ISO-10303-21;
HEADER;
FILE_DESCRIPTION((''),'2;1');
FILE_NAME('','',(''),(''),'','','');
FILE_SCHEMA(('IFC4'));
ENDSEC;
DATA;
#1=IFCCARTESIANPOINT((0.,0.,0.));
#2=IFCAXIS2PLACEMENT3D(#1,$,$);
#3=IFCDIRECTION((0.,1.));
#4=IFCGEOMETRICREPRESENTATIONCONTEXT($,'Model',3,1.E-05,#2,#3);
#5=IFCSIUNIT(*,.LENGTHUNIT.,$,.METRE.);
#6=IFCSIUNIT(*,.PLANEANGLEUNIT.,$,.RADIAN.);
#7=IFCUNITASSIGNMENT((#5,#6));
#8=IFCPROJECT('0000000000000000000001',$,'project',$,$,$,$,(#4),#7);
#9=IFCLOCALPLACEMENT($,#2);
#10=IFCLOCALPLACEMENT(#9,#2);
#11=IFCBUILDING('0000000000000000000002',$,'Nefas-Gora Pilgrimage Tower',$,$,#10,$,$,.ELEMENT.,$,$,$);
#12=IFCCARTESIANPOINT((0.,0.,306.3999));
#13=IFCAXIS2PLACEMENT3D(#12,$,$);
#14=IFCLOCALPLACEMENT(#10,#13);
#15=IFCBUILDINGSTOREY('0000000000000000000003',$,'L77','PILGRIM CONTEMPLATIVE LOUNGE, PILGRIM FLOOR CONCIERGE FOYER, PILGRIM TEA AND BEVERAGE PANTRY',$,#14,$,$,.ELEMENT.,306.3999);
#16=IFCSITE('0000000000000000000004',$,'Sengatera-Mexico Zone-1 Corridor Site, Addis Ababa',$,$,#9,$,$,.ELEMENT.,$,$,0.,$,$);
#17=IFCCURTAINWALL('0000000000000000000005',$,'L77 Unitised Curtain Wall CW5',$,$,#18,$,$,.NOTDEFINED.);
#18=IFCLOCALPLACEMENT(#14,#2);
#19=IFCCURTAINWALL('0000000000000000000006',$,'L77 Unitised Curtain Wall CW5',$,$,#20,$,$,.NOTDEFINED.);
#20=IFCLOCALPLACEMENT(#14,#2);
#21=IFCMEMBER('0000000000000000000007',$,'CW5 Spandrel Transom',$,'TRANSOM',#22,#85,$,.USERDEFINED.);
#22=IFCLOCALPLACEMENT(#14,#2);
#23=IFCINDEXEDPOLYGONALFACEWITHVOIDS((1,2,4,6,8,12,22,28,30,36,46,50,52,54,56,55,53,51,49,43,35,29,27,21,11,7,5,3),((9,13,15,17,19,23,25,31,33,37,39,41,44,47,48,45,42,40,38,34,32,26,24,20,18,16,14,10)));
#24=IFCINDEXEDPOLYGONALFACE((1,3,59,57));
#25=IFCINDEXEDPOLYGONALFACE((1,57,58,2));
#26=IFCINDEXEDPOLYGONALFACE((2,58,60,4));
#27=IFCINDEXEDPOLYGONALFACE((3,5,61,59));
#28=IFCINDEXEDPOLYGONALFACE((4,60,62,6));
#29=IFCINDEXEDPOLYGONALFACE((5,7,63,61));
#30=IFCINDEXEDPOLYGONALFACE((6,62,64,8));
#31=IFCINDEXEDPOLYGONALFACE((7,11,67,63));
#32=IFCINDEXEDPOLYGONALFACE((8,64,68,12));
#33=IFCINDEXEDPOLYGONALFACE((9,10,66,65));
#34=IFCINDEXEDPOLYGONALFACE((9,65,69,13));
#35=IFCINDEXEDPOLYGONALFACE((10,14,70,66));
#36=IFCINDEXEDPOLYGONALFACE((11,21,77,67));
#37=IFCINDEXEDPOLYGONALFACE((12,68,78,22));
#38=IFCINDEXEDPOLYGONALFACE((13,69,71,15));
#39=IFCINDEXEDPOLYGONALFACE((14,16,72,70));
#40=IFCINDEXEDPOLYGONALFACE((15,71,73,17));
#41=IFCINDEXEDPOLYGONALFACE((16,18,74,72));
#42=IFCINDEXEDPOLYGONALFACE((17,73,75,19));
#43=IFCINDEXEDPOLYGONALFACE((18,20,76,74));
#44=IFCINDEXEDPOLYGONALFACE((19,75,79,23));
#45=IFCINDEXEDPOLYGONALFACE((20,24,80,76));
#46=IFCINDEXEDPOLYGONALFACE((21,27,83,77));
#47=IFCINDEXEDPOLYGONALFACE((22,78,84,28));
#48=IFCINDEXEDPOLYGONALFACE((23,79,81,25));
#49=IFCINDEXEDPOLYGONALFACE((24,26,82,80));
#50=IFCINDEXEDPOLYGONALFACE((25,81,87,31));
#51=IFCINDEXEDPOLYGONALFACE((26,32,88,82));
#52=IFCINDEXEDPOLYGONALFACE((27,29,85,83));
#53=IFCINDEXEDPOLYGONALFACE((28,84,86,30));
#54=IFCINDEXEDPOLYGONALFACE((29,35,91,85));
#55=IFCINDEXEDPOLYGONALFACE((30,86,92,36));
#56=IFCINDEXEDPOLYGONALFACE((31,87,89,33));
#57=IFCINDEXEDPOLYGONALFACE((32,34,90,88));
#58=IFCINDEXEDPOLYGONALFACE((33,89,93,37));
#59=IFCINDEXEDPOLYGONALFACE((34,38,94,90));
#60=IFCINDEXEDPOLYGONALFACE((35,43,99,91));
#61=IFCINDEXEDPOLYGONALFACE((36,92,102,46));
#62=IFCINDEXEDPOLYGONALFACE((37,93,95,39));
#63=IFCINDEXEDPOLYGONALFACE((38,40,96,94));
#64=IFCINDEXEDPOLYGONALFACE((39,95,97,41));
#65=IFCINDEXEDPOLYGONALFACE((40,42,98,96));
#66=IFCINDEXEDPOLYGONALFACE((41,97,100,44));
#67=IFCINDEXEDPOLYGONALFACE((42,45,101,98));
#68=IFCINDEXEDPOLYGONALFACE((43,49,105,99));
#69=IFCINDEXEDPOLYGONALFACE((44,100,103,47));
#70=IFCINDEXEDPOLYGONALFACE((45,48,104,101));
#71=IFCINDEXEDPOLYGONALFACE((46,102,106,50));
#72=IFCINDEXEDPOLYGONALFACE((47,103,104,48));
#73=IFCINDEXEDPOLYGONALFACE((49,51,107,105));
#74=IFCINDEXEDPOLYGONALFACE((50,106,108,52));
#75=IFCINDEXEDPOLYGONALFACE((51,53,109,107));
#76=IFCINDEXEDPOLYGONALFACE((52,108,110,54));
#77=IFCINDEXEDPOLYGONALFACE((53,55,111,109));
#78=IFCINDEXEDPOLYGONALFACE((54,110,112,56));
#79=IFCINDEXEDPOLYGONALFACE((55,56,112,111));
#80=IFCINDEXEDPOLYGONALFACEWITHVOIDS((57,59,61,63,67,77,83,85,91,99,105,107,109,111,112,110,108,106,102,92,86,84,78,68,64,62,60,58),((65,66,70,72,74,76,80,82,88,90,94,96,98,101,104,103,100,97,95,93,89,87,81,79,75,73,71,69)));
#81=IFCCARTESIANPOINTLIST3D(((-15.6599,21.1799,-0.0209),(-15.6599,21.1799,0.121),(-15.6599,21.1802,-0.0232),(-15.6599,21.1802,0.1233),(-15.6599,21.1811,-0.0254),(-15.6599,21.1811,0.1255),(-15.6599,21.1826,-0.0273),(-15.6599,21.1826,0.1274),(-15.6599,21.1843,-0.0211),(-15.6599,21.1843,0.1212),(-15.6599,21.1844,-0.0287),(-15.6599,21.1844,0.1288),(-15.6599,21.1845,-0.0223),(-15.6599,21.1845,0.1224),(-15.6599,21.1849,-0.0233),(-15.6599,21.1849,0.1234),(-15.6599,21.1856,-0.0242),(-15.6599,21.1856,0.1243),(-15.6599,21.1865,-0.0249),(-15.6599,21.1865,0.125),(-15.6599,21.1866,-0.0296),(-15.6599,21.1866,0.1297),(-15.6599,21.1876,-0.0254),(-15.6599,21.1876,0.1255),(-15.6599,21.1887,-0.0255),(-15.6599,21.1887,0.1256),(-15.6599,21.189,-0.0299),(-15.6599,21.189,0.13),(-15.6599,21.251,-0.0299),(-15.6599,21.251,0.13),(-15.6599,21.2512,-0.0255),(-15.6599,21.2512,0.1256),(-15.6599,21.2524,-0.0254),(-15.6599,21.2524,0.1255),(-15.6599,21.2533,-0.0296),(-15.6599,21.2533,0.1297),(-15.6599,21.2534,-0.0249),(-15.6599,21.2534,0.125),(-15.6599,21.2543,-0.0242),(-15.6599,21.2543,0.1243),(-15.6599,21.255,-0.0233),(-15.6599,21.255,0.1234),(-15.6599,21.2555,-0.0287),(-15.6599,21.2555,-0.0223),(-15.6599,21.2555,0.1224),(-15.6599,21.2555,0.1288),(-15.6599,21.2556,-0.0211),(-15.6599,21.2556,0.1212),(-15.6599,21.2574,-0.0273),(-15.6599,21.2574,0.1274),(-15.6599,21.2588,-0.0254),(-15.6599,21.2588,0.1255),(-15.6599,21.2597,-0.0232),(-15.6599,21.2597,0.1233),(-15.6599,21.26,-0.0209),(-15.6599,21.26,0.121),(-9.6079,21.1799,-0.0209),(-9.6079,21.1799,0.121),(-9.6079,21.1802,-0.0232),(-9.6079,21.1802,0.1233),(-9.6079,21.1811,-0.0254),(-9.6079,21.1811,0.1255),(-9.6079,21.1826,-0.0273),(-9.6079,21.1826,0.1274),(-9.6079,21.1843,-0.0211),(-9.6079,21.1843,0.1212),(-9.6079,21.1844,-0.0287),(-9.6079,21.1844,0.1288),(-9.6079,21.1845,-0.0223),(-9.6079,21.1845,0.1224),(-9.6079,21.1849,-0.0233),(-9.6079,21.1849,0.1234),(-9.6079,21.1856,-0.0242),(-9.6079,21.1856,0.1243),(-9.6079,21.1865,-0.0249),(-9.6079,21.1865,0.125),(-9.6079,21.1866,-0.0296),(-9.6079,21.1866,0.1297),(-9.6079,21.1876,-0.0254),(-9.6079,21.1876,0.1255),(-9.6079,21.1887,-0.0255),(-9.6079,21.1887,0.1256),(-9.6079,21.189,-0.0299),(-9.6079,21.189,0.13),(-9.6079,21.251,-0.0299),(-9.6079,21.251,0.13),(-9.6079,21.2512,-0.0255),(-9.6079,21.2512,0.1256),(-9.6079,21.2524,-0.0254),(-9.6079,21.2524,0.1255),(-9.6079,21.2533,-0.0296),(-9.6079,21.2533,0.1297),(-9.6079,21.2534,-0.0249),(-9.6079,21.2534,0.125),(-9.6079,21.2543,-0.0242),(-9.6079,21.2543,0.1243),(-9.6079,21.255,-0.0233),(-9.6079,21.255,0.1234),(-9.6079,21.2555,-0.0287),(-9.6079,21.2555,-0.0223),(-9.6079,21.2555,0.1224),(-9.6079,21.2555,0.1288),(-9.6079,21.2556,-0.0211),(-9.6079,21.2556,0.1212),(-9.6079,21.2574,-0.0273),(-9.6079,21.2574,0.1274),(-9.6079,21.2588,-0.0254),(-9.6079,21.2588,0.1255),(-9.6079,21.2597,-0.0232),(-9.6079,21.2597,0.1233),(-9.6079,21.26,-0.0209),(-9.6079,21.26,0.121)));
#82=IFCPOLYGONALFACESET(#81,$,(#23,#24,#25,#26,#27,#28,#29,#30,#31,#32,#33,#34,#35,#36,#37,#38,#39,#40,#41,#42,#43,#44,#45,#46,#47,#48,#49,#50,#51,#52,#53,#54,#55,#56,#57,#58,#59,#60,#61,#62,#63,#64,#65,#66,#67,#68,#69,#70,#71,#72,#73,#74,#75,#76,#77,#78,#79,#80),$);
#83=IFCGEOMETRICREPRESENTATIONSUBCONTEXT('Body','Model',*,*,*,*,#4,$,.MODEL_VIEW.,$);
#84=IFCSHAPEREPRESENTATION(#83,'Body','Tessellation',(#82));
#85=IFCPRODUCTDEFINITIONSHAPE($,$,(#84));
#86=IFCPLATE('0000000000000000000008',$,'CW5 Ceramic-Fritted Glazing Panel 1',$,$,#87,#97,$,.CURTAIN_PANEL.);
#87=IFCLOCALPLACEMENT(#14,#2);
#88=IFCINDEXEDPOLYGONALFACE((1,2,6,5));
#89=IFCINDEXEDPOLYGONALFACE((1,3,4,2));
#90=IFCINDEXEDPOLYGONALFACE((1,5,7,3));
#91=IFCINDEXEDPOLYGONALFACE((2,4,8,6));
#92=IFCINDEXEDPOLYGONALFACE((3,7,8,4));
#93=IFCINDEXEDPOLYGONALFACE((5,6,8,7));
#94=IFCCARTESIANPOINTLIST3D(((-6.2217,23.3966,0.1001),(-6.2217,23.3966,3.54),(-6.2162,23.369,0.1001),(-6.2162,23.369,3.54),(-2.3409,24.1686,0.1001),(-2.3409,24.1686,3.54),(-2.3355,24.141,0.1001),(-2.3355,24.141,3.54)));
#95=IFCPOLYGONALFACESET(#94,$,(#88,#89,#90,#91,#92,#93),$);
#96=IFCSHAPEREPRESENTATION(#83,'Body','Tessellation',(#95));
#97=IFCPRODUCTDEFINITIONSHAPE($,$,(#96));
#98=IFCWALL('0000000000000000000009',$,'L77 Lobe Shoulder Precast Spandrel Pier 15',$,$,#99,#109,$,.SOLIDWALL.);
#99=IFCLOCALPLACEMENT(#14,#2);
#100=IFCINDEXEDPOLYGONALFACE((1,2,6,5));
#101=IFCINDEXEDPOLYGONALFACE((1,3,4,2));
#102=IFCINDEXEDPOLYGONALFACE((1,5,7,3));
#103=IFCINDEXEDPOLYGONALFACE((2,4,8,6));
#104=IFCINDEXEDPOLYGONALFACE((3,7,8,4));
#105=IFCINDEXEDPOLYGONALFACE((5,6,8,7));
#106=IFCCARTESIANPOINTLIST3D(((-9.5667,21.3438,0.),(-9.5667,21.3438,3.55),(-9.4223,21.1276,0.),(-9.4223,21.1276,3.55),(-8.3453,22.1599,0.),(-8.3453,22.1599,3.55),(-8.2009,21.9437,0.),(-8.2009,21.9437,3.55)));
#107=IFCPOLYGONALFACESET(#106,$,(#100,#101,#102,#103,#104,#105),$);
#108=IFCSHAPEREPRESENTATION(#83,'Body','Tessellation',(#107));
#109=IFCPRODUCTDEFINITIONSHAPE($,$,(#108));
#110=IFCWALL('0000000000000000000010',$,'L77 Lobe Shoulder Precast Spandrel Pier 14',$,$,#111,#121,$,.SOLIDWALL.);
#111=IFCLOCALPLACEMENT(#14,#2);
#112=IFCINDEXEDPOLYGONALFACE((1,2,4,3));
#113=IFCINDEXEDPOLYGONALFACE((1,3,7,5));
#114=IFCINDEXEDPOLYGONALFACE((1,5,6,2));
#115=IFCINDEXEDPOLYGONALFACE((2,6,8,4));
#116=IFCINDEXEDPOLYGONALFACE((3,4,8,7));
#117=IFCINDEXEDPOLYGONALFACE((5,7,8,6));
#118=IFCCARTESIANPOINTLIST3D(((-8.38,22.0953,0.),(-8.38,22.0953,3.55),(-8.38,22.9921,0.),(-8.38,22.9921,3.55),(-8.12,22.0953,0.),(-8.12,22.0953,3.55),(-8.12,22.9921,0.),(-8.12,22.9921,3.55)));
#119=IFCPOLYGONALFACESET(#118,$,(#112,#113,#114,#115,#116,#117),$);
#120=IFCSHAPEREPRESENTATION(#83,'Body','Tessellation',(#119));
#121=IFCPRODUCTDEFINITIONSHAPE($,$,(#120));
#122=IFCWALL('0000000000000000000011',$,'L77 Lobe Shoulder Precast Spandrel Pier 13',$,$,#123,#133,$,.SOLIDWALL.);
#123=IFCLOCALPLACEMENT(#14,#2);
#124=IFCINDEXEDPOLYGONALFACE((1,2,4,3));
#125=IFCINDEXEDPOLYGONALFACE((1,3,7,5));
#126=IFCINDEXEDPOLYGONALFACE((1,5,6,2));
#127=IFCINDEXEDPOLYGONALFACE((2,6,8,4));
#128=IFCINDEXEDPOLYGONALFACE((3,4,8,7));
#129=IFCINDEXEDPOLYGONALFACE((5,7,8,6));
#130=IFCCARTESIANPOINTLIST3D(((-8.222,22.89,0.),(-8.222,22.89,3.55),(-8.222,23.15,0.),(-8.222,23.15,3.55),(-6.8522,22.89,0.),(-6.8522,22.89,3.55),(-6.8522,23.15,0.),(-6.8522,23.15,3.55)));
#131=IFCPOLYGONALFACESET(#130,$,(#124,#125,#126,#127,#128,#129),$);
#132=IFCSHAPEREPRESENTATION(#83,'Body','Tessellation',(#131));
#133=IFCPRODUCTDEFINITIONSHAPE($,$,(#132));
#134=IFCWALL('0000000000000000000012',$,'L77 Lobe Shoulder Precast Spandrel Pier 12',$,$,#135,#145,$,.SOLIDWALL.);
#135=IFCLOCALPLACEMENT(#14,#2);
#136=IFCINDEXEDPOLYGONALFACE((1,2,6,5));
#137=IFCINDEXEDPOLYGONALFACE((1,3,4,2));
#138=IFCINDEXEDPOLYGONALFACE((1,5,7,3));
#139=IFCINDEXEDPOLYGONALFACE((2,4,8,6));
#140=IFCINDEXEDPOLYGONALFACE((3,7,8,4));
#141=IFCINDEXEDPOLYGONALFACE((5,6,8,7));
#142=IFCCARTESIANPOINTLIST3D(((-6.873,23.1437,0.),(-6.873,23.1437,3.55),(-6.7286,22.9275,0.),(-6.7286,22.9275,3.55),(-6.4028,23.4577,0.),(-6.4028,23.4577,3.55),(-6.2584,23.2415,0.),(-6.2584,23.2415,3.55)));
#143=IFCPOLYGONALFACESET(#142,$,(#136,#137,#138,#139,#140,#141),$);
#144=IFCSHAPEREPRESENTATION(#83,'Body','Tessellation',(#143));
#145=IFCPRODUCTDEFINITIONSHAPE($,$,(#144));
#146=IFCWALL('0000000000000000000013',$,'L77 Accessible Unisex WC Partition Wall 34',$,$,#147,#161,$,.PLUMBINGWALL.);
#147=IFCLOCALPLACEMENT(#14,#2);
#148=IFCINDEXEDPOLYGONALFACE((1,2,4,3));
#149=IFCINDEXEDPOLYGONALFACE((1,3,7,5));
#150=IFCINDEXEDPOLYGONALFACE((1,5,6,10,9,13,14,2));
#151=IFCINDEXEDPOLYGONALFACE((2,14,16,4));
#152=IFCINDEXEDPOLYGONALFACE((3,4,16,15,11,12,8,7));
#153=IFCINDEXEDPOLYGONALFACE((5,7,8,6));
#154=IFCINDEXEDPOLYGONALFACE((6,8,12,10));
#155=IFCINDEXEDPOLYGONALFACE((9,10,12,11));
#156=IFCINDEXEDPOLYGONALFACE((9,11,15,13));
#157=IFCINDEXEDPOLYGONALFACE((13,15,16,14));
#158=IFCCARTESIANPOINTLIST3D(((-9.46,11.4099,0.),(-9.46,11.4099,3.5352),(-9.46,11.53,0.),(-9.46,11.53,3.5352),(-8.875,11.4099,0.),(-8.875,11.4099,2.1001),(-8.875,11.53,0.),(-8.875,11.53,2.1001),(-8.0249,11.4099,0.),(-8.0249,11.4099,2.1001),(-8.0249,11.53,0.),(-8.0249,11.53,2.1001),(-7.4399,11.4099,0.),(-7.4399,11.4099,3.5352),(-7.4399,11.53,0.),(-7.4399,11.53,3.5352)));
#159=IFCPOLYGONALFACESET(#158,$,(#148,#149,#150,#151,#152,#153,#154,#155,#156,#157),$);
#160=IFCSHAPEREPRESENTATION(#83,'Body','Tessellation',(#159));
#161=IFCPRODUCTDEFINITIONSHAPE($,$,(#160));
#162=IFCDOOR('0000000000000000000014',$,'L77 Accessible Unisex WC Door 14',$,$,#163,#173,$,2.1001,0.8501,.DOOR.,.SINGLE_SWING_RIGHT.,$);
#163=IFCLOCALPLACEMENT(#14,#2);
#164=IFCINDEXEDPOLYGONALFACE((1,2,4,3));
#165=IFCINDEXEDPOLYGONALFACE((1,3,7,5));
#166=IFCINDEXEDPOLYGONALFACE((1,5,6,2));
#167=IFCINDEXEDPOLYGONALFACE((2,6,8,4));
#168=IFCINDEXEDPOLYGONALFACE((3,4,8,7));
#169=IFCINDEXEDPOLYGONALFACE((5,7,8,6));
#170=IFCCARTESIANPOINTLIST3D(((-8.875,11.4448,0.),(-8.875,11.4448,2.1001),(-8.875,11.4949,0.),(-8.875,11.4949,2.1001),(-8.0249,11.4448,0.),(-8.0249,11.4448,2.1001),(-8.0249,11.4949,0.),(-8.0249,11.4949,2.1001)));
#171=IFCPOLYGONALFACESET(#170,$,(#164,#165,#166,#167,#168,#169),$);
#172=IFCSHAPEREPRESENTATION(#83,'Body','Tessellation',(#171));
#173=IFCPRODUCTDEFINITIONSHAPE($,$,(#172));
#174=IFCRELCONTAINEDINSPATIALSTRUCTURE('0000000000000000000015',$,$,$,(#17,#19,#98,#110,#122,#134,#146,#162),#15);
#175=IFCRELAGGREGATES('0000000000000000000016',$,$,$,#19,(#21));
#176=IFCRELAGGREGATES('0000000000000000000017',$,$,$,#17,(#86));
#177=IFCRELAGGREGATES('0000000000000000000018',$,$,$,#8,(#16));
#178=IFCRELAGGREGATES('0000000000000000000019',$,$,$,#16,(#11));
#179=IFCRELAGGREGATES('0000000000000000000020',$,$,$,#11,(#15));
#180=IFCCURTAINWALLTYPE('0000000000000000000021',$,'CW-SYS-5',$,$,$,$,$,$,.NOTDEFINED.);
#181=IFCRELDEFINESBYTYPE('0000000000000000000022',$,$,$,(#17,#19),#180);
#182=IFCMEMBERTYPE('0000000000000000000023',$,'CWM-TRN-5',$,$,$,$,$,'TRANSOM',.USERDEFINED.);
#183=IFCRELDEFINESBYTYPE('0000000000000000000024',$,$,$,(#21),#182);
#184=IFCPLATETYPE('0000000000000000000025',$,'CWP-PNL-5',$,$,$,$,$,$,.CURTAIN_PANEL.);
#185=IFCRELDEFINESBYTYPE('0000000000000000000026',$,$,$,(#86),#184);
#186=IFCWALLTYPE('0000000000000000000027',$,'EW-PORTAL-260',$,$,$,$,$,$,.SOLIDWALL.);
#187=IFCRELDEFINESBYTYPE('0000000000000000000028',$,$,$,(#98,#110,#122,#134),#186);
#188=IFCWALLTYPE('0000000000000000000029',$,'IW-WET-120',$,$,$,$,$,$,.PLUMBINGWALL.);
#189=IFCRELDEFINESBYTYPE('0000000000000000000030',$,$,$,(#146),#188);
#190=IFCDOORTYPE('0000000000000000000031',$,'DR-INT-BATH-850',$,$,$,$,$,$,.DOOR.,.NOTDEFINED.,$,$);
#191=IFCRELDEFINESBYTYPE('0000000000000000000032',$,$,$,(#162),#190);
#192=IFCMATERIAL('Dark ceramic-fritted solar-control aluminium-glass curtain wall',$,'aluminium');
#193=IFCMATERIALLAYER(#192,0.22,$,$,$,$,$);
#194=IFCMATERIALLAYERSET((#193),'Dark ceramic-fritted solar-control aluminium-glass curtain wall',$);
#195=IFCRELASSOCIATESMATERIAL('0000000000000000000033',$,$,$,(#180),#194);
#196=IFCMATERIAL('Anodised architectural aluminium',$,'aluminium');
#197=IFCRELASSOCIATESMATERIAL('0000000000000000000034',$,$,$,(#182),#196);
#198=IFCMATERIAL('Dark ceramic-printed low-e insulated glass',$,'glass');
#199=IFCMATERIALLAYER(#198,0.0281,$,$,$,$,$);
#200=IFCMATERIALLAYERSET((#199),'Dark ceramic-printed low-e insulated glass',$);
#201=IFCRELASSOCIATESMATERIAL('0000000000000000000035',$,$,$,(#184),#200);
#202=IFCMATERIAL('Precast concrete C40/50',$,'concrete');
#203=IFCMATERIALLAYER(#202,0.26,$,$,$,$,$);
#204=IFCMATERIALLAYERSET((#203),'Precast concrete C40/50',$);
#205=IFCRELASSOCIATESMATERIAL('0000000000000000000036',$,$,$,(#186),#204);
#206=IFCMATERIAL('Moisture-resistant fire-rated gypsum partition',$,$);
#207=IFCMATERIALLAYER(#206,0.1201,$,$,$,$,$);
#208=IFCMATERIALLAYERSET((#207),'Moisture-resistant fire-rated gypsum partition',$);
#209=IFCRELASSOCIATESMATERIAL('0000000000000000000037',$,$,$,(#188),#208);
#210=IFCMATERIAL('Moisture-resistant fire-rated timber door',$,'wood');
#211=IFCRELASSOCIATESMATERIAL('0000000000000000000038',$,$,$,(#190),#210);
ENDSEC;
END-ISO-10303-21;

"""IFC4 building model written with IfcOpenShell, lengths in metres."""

from ifc_helpers import new_model, si_unit, direction, frame, frame_2d, origin, origin_2d, place, context, subcontext, project, spatial, rectangle, hollow_rectangle, extrude, source, transform, mapped, material, layer, layer_set, material_profile, profile_set, type_object, element, fill, aggregate, save


model = new_model("IFC4")

# Units and contexts
model_context = context("Model", 3, precision=1e-05, world=origin(), true_north=direction((0.0, 1.0)))
body_context = subcontext(model_context, "Body", "Model", "MODEL_VIEW")
ifc_project = project(units=[si_unit("LENGTHUNIT", "METRE"), si_unit("PLANEANGLEUNIT", "RADIAN")], contexts=[model_context])

# Site, building, storey
site_placement = place(None, origin())
site = spatial("IfcSite", under=ifc_project, at=site_placement, Name="Sengatera-Mexico Zone-1 Corridor Site, Addis Ababa", CompositionType="ELEMENT", RefElevation=0.0)
building_placement = place(site_placement, origin())
building = spatial("IfcBuilding", under=site, at=building_placement, Name="Nefas-Gora Pilgrimage Tower", CompositionType="ELEMENT")
storey_placement = place(building_placement, frame((0.0, 0.0, 306.3999)))
storey = spatial("IfcBuildingStorey", under=building, at=storey_placement, Name="L77", Description="PILGRIM CONTEMPLATIVE LOUNGE, PILGRIM FLOOR CONCIERGE FOYER, PILGRIM TEA AND BEVERAGE PANTRY", CompositionType="ELEMENT", Elevation=306.3999)

# Curtain wall
ifc_material_1 = material(Name="Dark ceramic-fritted solar-control aluminium-glass curtain wall", Category="aluminium")
ifc_layer_1 = layer(ifc_material_1, 0.22)
ifc_layer_set_1 = layer_set([ifc_layer_1], Name="Dark ceramic-fritted solar-control aluminium-glass curtain wall")
curtain_wall_type = type_object("IfcCurtainWallType", Name="CW-SYS-5", PredefinedType="NOTDEFINED", material=ifc_layer_set_1)
curtain_wall_1_placement = place(storey_placement, origin())
curtain_wall_1 = element("IfcCurtainWall", 1, at=curtain_wall_1_placement, inside=storey, type_object=curtain_wall_type, Name="L77 Unitised Curtain Wall CW5", PredefinedType="NOTDEFINED")
ifc_material_2 = material(Name="Anodised architectural aluminium", Category="aluminium")

# Curtain wall, member
curtain_wall_2_placement = place(storey_placement, origin())
curtain_wall_2 = element("IfcCurtainWall", 2, at=curtain_wall_2_placement, inside=storey, type_object=curtain_wall_type, Name="L77 Unitised Curtain Wall CW5", PredefinedType="NOTDEFINED")
ifc_material_profile_1 = material_profile(ifc_material_2, hollow_rectangle(XDim=0.0801, YDim=0.1599, WallThickness=0.0044, InnerFilletRadius=0.0044, OuterFilletRadius=0.009, at=origin_2d()), Name="ALU TRANSOM 80x160")
ifc_profile_set_1 = profile_set([ifc_material_profile_1], Name="Anodised architectural aluminium")
member_type_1 = type_object("IfcMemberType", Name="CWM-TRN-5", ElementType="TRANSOM", PredefinedType="USERDEFINED", material=ifc_profile_set_1)
shared_shape_1 = source(origin(), body_context, "Body", "SweptSolid", [
    extrude(hollow_rectangle(XDim=0.0801, YDim=0.1599, WallThickness=0.0044, InnerFilletRadius=0.0044, OuterFilletRadius=0.009, at=origin_2d()), origin(), (0.0, 0.0, 1.0), 6.052),
])
member_1_placement = place(storey_placement, frame((-9.6079, 21.22, 0.05), z_axis=(-1.0, 0.0, 0.0), x_axis=(0.0, -1.0, 0.0)))
member_1 = element("IfcMember", 3, at=member_1_placement, type_object=member_type_1, Name="CW5 Spandrel Transom", ObjectType="TRANSOM", PredefinedType="USERDEFINED", context=body_context, shape_type="MappedRepresentation", body=[
    mapped(shared_shape_1, transform((0.0, 0.0, 0.0), x_axis=(1.0, 0.0, 0.0), y_axis=(0.0, 1.0, 0.0), z_axis=(0.0, 0.0, 1.0), scale=1.0)),
])
aggregate(curtain_wall_2, [member_1])

# Plate
ifc_material_3 = material(Name="Dark ceramic-printed low-e insulated glass", Category="glass")
ifc_layer_2 = layer(ifc_material_3, 0.0281)
ifc_layer_set_2 = layer_set([ifc_layer_2], Name="Dark ceramic-printed low-e insulated glass")
plate_type = type_object("IfcPlateType", Name="CWP-PNL-5", PredefinedType="CURTAIN_PANEL", material=ifc_layer_set_2)
shared_shape_2 = source(origin(), body_context, "Body", "SweptSolid", [
    extrude(rectangle(XDim=3.9568, YDim=0.0281, at=origin_2d()), origin(), (0.0, 0.0, 1.0), 3.4399),
])
plate_placement = place(storey_placement, frame((-4.2786, 23.7688, 0.1001), z_axis=(0.0, 0.0, 1.0), x_axis=(-0.980783, -0.195102, 0.0)))
plate = element("IfcPlate", 4, at=plate_placement, type_object=plate_type, Name="CW5 Ceramic-Fritted Glazing Panel 1", PredefinedType="CURTAIN_PANEL", context=body_context, shape_type="MappedRepresentation", body=[
    mapped(shared_shape_2, transform((0.0, 0.0, 0.0), x_axis=(1.0, 0.0, 0.0), y_axis=(0.0, 1.0, 0.0), z_axis=(0.0, 0.0, 1.0), scale=1.0)),
])
aggregate(curtain_wall_1, [plate])

# Walls
ifc_material_4 = material(Name="Precast concrete C40/50", Category="concrete")
ifc_layer_3 = layer(ifc_material_4, 0.26)
ifc_layer_set_3 = layer_set([ifc_layer_3], Name="Precast concrete C40/50")
wall_type_1 = type_object("IfcWallType", Name="EW-PORTAL-260", PredefinedType="SOLIDWALL", material=ifc_layer_set_3)
shared_shape_3 = source(origin(), body_context, "Body", "SweptSolid", [
    extrude(rectangle(XDim=1.469, YDim=0.26, at=frame_2d((0.7344, 0.0))), origin(), (0.0, 0.0, 1.0), 3.55),
])
wall_1_placement = place(storey_placement, frame((-8.2732, 22.0518, 0.0), z_axis=(0.0, 0.0, 1.0), x_axis=(-0.831462, -0.555582, 0.0)))
element("IfcWall", 5, at=wall_1_placement, inside=storey, type_object=wall_type_1, Name="L77 Lobe Shoulder Precast Spandrel Pier 15", PredefinedType="SOLIDWALL", context=body_context, shape_type="MappedRepresentation", body=[
    mapped(shared_shape_3, transform((0.0, 0.0, 0.0), x_axis=(1.0, 0.0, 0.0), y_axis=(0.0, 1.0, 0.0), z_axis=(0.0, 0.0, 1.0), scale=1.0)),
])
shared_shape_4 = source(origin(), body_context, "Body", "SweptSolid", [
    extrude(rectangle(XDim=0.8967, YDim=0.26, at=frame_2d((0.4482, 0.0))), origin(), (0.0, 0.0, 1.0), 3.55),
])
wall_2_placement = place(storey_placement, frame((-8.25, 22.9919, 0.0), z_axis=(0.0, 0.0, 1.0), x_axis=(0.0, -1.0, 0.0)))
element("IfcWall", 6, at=wall_2_placement, inside=storey, type_object=wall_type_1, Name="L77 Lobe Shoulder Precast Spandrel Pier 14", PredefinedType="SOLIDWALL", context=body_context, shape_type="MappedRepresentation", body=[
    mapped(shared_shape_4, transform((0.0, 0.0, 0.0), x_axis=(1.0, 0.0, 0.0), y_axis=(0.0, 1.0, 0.0), z_axis=(0.0, 0.0, 1.0), scale=1.0)),
])
shared_shape_5 = source(origin(), body_context, "Body", "SweptSolid", [
    extrude(rectangle(XDim=1.3699, YDim=0.26, at=frame_2d((0.6851, 0.0))), origin(), (0.0, 0.0, 1.0), 3.55),
])
wall_3_placement = place(storey_placement, frame((-6.8521, 23.02, 0.0), z_axis=(0.0, 0.0, 1.0), x_axis=(-1.0, 0.0, 0.0)))
element("IfcWall", 7, at=wall_3_placement, inside=storey, type_object=wall_type_1, Name="L77 Lobe Shoulder Precast Spandrel Pier 13", PredefinedType="SOLIDWALL", context=body_context, shape_type="MappedRepresentation", body=[
    mapped(shared_shape_5, transform((0.0, 0.0, 0.0), x_axis=(1.0, 0.0, 0.0), y_axis=(0.0, 1.0, 0.0), z_axis=(0.0, 0.0, 1.0), scale=1.0)),
])
shared_shape_6 = source(origin(), body_context, "Body", "SweptSolid", [
    extrude(rectangle(XDim=0.5654, YDim=0.26, at=frame_2d((0.2827, 0.0))), origin(), (0.0, 0.0, 1.0), 3.55),
])
wall_4_placement = place(storey_placement, frame((-6.3306, 23.3496, 0.0), z_axis=(0.0, 0.0, 1.0), x_axis=(-0.831651, -0.555298, 0.0)))
element("IfcWall", 8, at=wall_4_placement, inside=storey, type_object=wall_type_1, Name="L77 Lobe Shoulder Precast Spandrel Pier 12", PredefinedType="SOLIDWALL", context=body_context, shape_type="MappedRepresentation", body=[
    mapped(shared_shape_6, transform((0.0, 0.0, 0.0), x_axis=(1.0, 0.0, 0.0), y_axis=(0.0, 1.0, 0.0), z_axis=(0.0, 0.0, 1.0), scale=1.0)),
])

# Wall, opening, door
ifc_material_5 = material(Name="Moisture-resistant fire-rated gypsum partition")
ifc_layer_4 = layer(ifc_material_5, 0.1201)
ifc_layer_set_4 = layer_set([ifc_layer_4], Name="Moisture-resistant fire-rated gypsum partition")
wall_type_2 = type_object("IfcWallType", Name="IW-WET-120", PredefinedType="PLUMBINGWALL", material=ifc_layer_set_4)
shared_shape_7 = source(origin(), body_context, "Body", "SweptSolid", [
    extrude(rectangle(XDim=2.02, YDim=0.1201, at=frame_2d((1.01, 0.0))), origin(), (0.0, 0.0, 1.0), 3.5352),
])
wall_5_placement = place(storey_placement, frame((-9.46, 11.47, 0.0), z_axis=(0.0, 0.0, 1.0), x_axis=(1.0, 0.0, 0.0)))
wall_5 = element("IfcWall", 9, at=wall_5_placement, inside=storey, type_object=wall_type_2, Name="L77 Accessible Unisex WC Partition Wall 34", PredefinedType="PLUMBINGWALL", context=body_context, shape_type="MappedRepresentation", body=[
    mapped(shared_shape_7, transform((0.0, 0.0, 0.0), x_axis=(1.0, 0.0, 0.0), y_axis=(0.0, 1.0, 0.0), z_axis=(0.0, 0.0, 1.0), scale=1.0)),
])
opening_1_placement = place(wall_5_placement, frame((0.585, 0.0, 0.0)))
opening_1 = element("IfcOpeningElement", 10, at=opening_1_placement, cuts=wall_5, PredefinedType="OPENING", context=body_context, shape_type="SweptSolid", body=[
    extrude(rectangle(XDim=0.8501, YDim=2.1001, at=frame_2d((0.425, 1.05))), frame((0.0, 0.0701, 0.0), z_axis=(0.0, -1.0, 0.0), x_axis=(1.0, 0.0, 0.0)), (0.0, 0.0, 1.0), 0.1401),
])
ifc_material_6 = material(Name="Moisture-resistant fire-rated timber door", Category="wood")
door_type_1 = type_object("IfcDoorType", Name="DR-INT-BATH-850", OperationType="NOTDEFINED", PredefinedType="DOOR", material=ifc_material_6)
shared_shape_8 = source(origin(), body_context, "Body", "SweptSolid", [
    extrude(rectangle(XDim=0.8501, YDim=2.1001, at=frame_2d((0.425, 1.05))), frame((0.0, 0.0249, 0.0), z_axis=(0.0, -1.0, 0.0), x_axis=(1.0, 0.0, 0.0)), (0.0, 0.0, 1.0), 0.05),
])
door_1_placement = place(opening_1_placement, origin())
door_1 = element("IfcDoor", 11, at=door_1_placement, inside=storey, type_object=door_type_1, Name="L77 Accessible Unisex WC Door 14", OperationType="SINGLE_SWING_RIGHT", OverallHeight=2.1001, OverallWidth=0.8501, PredefinedType="DOOR", context=body_context, shape_type="MappedRepresentation", body=[
    mapped(shared_shape_8, transform((0.0, 0.0, 0.0), x_axis=(1.0, 0.0, 0.0), y_axis=(0.0, 1.0, 0.0), z_axis=(0.0, 0.0, 1.0), scale=1.0)),
])
fill(opening_1, door_1)

save(model, "model.ifc")
